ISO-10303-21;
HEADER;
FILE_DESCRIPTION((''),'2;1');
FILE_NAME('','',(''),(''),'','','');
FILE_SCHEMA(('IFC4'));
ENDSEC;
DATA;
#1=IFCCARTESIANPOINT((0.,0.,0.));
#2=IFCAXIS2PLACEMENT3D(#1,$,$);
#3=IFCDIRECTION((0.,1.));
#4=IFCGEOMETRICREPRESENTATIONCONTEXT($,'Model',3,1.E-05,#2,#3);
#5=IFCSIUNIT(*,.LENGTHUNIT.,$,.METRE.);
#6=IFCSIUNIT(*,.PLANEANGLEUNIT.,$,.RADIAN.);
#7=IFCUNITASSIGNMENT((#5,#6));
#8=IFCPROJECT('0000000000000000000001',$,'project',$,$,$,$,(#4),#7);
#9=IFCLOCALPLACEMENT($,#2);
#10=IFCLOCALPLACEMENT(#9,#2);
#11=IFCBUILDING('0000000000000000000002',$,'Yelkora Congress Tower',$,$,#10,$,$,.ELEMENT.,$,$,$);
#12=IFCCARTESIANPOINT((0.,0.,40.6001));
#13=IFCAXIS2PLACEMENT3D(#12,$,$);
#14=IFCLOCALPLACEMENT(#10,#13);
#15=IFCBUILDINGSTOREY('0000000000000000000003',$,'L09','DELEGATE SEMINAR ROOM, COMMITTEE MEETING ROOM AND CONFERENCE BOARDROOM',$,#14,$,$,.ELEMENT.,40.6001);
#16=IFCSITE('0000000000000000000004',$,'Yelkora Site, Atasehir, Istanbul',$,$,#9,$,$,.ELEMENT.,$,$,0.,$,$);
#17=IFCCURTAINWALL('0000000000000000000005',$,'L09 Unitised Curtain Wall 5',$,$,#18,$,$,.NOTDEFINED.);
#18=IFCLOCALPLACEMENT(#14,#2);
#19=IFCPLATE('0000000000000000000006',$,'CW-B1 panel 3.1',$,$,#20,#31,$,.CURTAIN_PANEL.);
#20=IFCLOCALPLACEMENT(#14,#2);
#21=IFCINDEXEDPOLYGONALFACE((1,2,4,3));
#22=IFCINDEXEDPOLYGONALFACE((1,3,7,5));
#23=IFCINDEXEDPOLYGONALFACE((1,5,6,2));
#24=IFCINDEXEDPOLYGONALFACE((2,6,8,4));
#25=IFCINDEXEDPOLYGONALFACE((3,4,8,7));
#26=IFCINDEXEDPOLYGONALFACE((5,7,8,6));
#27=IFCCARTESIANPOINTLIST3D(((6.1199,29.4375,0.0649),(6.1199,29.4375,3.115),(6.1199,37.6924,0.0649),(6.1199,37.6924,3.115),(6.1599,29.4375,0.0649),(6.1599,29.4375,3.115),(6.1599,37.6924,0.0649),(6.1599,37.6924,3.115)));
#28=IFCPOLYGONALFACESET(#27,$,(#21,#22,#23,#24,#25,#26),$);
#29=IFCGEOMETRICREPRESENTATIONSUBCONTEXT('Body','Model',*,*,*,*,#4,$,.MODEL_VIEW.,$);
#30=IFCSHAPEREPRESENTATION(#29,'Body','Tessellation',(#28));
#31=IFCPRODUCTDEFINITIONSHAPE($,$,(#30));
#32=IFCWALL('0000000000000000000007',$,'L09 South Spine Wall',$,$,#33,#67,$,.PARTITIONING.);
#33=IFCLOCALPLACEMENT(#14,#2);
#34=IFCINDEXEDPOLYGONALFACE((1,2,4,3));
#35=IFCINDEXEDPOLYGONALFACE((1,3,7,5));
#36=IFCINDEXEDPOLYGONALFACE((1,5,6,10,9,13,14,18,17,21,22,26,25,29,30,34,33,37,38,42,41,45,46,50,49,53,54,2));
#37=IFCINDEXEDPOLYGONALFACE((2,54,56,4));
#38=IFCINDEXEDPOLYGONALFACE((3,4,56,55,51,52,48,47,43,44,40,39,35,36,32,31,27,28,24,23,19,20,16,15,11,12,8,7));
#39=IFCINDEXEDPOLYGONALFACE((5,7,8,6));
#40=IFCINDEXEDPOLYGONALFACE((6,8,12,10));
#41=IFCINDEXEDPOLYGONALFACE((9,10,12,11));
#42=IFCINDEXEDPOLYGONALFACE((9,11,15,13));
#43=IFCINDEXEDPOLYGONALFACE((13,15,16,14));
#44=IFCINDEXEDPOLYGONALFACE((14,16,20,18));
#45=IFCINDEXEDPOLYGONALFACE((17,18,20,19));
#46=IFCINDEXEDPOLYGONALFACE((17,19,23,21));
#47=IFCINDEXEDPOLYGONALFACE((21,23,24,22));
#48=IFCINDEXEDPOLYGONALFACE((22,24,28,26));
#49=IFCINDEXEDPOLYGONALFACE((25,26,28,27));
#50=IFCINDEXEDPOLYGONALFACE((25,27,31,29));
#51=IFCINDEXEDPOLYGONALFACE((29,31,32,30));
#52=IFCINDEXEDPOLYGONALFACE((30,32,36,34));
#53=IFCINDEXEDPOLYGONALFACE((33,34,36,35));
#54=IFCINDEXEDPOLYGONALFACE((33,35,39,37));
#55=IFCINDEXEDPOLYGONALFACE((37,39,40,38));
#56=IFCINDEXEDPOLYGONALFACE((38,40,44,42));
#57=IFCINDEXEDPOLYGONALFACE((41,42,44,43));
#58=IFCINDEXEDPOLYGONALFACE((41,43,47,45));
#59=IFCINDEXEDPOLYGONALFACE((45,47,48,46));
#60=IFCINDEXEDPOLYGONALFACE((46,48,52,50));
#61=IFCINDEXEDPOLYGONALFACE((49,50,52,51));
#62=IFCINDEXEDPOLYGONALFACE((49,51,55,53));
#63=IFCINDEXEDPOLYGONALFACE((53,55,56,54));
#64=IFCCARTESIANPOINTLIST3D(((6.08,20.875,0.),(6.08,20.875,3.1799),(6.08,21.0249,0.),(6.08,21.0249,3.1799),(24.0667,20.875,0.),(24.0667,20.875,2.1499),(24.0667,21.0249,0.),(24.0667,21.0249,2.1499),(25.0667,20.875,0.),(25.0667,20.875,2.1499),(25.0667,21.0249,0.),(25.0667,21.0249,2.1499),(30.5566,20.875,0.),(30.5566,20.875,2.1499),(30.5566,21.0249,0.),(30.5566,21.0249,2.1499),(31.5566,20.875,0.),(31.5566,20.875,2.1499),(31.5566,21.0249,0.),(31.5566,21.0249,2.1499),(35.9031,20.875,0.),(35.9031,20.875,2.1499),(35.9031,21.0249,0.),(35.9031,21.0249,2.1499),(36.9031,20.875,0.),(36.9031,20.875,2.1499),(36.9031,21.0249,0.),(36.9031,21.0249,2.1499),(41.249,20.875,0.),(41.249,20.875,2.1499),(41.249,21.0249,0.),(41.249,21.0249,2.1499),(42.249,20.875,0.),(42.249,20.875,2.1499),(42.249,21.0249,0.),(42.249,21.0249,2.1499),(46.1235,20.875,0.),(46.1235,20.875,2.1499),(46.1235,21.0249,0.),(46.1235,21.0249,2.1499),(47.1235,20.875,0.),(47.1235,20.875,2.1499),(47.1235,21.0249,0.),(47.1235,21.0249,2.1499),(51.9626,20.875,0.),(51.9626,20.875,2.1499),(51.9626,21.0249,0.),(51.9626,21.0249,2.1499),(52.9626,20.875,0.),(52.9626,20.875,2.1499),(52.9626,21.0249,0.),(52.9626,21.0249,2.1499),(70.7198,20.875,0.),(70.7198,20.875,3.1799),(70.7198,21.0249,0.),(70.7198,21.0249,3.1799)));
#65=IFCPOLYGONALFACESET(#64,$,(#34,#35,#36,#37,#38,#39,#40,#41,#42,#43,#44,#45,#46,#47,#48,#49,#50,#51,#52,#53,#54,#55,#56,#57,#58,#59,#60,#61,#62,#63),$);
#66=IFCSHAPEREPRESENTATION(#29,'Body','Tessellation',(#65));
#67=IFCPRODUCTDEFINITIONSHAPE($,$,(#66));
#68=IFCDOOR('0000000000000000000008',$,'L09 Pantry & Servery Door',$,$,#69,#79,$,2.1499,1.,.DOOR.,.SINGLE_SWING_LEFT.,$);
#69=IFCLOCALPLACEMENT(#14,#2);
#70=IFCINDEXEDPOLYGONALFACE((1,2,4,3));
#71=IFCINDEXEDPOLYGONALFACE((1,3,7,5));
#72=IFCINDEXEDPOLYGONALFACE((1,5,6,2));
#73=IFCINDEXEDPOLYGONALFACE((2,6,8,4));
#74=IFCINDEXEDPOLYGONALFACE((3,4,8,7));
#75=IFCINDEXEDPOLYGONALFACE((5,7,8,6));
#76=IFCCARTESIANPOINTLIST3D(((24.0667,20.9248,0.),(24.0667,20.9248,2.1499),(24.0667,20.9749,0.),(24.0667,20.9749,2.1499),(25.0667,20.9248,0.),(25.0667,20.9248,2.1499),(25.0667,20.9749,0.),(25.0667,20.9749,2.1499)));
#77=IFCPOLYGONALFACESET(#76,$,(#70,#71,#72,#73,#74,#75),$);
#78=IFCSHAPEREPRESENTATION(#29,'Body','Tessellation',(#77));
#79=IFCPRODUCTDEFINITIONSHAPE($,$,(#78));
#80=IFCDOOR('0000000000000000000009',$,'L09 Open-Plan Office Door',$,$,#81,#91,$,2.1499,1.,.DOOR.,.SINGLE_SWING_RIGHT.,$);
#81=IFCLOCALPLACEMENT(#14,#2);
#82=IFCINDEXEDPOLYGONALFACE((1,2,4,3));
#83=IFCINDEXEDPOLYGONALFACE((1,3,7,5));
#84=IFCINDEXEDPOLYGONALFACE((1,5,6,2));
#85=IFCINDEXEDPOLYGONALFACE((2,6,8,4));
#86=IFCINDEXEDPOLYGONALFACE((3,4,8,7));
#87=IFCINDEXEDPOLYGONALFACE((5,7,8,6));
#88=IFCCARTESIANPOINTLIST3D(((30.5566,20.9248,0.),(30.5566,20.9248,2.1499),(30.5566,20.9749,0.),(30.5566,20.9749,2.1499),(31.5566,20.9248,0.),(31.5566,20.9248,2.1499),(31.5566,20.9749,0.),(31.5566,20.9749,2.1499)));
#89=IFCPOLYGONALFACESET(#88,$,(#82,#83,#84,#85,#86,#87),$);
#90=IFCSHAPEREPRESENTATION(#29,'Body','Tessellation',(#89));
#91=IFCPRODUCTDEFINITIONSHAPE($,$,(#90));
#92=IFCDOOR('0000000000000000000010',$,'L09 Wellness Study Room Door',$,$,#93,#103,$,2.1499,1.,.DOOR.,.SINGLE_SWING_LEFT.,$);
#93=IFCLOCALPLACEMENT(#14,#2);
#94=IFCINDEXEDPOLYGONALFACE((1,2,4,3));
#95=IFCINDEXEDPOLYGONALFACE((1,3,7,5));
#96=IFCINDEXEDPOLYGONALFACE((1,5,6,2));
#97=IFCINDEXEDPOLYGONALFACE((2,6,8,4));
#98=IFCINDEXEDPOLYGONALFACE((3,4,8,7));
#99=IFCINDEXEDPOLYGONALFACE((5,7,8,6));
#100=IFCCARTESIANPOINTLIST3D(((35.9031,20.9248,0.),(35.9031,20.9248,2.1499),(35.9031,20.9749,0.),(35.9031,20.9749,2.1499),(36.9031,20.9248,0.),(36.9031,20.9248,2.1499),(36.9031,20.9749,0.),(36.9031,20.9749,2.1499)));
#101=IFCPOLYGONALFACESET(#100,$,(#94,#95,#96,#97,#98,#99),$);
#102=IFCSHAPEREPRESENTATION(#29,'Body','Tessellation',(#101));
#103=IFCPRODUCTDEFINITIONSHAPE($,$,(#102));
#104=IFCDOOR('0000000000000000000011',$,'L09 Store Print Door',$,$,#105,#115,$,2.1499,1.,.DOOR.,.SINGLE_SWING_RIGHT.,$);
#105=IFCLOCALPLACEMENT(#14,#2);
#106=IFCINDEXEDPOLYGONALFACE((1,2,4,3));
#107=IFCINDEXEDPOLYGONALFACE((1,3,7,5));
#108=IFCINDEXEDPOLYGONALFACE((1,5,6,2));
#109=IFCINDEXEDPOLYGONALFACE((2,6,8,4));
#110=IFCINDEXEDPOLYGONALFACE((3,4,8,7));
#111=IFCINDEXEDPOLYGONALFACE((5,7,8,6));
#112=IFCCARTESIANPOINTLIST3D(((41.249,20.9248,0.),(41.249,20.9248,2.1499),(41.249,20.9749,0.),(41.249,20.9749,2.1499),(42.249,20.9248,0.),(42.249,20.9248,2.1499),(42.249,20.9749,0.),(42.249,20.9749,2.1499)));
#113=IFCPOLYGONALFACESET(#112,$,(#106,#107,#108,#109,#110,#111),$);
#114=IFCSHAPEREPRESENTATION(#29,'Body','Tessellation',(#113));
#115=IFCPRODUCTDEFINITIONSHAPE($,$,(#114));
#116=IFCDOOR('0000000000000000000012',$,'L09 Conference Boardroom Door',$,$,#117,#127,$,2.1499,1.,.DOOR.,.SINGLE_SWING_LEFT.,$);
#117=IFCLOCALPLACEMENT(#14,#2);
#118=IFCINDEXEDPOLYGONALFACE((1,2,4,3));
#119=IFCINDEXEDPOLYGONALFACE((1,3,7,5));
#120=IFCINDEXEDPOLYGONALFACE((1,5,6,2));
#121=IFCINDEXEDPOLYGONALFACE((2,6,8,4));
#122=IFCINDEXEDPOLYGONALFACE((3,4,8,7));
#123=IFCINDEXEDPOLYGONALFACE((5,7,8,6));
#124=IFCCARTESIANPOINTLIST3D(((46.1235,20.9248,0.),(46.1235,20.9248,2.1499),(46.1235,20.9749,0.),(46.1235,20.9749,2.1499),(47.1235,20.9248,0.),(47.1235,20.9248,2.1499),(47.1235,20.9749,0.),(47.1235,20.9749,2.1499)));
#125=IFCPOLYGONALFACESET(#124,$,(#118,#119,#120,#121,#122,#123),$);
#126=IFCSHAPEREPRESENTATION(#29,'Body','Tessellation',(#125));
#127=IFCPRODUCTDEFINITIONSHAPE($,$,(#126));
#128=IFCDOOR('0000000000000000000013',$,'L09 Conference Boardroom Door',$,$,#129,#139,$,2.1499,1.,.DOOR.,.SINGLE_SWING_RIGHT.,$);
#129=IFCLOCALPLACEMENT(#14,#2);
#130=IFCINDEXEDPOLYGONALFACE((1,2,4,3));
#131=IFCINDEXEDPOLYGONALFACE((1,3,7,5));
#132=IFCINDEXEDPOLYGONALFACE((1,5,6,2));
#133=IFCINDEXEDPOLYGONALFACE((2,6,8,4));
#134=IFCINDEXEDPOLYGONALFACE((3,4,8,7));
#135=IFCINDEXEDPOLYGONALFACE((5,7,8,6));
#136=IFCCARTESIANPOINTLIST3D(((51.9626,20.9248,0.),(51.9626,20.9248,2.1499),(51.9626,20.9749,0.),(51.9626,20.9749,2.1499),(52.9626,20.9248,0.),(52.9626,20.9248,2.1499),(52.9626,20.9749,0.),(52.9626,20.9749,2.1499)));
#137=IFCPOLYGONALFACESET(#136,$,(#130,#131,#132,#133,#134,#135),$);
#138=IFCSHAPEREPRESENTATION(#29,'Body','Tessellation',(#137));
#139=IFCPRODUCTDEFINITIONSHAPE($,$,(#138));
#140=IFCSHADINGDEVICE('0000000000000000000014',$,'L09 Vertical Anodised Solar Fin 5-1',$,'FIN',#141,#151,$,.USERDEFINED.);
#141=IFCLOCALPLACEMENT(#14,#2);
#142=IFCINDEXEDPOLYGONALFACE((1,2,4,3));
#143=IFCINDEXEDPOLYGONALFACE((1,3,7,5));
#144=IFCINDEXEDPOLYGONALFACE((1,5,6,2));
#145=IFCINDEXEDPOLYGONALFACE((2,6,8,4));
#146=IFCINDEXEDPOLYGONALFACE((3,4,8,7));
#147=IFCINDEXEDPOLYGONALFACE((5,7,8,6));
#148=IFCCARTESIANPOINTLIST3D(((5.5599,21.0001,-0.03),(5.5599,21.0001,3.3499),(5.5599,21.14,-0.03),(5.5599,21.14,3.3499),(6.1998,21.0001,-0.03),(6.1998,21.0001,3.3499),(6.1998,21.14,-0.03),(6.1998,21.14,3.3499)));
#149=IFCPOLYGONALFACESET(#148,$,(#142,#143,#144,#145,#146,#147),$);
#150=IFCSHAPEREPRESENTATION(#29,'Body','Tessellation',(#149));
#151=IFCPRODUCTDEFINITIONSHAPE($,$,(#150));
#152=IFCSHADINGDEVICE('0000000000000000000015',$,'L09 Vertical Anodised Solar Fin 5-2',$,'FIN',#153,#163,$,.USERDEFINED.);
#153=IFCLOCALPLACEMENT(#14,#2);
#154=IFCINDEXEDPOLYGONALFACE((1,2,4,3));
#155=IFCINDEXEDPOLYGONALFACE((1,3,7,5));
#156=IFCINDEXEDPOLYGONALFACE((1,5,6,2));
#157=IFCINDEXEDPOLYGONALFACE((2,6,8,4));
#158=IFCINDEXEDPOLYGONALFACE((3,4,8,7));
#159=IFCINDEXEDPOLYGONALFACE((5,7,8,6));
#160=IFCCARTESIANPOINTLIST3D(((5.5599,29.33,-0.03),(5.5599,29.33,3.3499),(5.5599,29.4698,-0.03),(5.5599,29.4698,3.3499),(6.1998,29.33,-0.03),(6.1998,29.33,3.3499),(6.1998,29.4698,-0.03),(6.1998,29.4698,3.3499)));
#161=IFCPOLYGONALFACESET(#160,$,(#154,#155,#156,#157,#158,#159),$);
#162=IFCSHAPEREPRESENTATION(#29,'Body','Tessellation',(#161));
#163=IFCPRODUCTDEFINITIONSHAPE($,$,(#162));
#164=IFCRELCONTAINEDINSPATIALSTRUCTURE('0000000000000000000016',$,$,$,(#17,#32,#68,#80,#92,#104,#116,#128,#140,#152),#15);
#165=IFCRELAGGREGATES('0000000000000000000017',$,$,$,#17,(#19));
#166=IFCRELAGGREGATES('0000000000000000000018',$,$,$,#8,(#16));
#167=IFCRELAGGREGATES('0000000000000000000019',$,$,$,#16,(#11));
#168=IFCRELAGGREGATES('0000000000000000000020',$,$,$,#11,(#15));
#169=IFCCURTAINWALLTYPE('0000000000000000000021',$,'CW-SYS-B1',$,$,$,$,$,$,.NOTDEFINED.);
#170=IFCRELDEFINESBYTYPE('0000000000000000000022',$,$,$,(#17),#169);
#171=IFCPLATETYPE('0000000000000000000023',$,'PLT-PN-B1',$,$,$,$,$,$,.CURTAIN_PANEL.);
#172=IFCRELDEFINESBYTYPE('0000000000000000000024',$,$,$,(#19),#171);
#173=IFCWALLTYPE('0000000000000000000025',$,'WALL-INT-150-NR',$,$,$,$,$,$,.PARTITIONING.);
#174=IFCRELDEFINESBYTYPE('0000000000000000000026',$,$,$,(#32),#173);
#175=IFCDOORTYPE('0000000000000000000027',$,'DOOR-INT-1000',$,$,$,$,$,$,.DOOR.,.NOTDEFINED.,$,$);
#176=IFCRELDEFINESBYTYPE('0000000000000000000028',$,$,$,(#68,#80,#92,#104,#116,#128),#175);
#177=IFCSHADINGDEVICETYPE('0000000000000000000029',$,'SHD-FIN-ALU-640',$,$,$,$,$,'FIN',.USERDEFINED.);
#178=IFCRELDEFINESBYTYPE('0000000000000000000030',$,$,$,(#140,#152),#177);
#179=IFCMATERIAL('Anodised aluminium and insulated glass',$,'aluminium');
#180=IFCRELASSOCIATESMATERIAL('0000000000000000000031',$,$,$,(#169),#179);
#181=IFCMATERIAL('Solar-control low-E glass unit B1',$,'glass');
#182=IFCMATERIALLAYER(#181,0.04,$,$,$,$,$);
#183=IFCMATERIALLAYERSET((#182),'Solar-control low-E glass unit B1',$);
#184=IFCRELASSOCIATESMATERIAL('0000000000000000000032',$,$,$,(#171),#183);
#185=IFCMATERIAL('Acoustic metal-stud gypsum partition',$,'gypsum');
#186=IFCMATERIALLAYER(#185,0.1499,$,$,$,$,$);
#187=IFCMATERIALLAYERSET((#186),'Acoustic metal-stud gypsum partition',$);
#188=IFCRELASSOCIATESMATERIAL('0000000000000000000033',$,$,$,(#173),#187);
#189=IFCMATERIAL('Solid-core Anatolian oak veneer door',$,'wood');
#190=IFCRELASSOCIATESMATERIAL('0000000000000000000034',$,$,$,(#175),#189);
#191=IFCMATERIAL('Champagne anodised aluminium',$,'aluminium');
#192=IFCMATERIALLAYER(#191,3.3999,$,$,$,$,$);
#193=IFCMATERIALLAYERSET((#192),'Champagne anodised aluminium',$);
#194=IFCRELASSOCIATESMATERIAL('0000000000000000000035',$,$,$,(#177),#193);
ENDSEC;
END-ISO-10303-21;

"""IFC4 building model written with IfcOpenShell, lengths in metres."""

from ifc_helpers import new_model, si_unit, direction, frame, frame_2d, origin, origin_2d, place, context, subcontext, project, spatial, rectangle, extrude, material, layer, layer_set, type_object, element, fill, aggregate, save


model = new_model("IFC4")

# Units and contexts
model_context = context("Model", 3, precision=1e-05, world=origin(), true_north=direction((0.0, 1.0)))
body_context = subcontext(model_context, "Body", "Model", "MODEL_VIEW")
ifc_project = project(units=[si_unit("LENGTHUNIT", "METRE"), si_unit("PLANEANGLEUNIT", "RADIAN")], contexts=[model_context])

# Site, building, storey
site_placement = place(None, origin())
site = spatial("IfcSite", under=ifc_project, at=site_placement, Name="Yelkora Site, Atasehir, Istanbul", CompositionType="ELEMENT", RefElevation=0.0)
building_placement = place(site_placement, origin())
building = spatial("IfcBuilding", under=site, at=building_placement, Name="Yelkora Congress Tower", CompositionType="ELEMENT")
storey_placement = place(building_placement, frame((0.0, 0.0, 40.6001)))
storey = spatial("IfcBuildingStorey", under=building, at=storey_placement, Name="L09", Description="DELEGATE SEMINAR ROOM, COMMITTEE MEETING ROOM AND CONFERENCE BOARDROOM", CompositionType="ELEMENT", Elevation=40.6001)

# Curtain wall, plate
ifc_material_1 = material(Name="Anodised aluminium and insulated glass", Category="aluminium")
curtain_wall_type = type_object("IfcCurtainWallType", Name="CW-SYS-B1", PredefinedType="NOTDEFINED", material=ifc_material_1)
curtain_wall_placement = place(storey_placement, origin())
curtain_wall = element("IfcCurtainWall", 1, at=curtain_wall_placement, inside=storey, type_object=curtain_wall_type, Name="L09 Unitised Curtain Wall 5", PredefinedType="NOTDEFINED")
ifc_material_2 = material(Name="Solar-control low-E glass unit B1", Category="glass")
ifc_layer_1 = layer(ifc_material_2, 0.04)
ifc_layer_set_1 = layer_set([ifc_layer_1], Name="Solar-control low-E glass unit B1")
plate_type = type_object("IfcPlateType", Name="PLT-PN-B1", PredefinedType="CURTAIN_PANEL", material=ifc_layer_set_1)
plate_1_placement = place(storey_placement, frame((6.1399, 33.5649, 0.0649), z_axis=(0.0, 0.0, 1.0), x_axis=(0.0, 1.0, 0.0)))
plate_1 = element("IfcPlate", 2, at=plate_1_placement, type_object=plate_type, Name="CW-B1 panel 3.1", PredefinedType="CURTAIN_PANEL", context=body_context, shape_type="SweptSolid", body=[
    extrude(rectangle(XDim=8.2549, YDim=0.04, at=origin_2d()), origin(), (0.0, 0.0, 1.0), 3.05),
])
aggregate(curtain_wall, [plate_1])

# Wall, openings, doors
ifc_material_3 = material(Name="Acoustic metal-stud gypsum partition", Category="gypsum")
ifc_layer_2 = layer(ifc_material_3, 0.1499)
ifc_layer_set_2 = layer_set([ifc_layer_2], Name="Acoustic metal-stud gypsum partition")
wall_type = type_object("IfcWallType", Name="WALL-INT-150-NR", PredefinedType="PARTITIONING", material=ifc_layer_set_2)
wall_placement = place(storey_placement, frame((6.0801, 20.95, 0.0), z_axis=(0.0, 0.0, 1.0), x_axis=(1.0, 0.0, 0.0)))
wall = element("IfcWall", 3, at=wall_placement, inside=storey, type_object=wall_type, Name="L09 South Spine Wall", PredefinedType="PARTITIONING", context=body_context, shape_type="SweptSolid", body=[
    extrude(rectangle(XDim=64.6399, YDim=0.1499, at=frame_2d((32.3198, 0.0))), origin(), (0.0, 0.0, 1.0), 3.1799),
])
opening_1_placement = place(wall_placement, frame((17.9866, 0.0, 0.0)))
opening_1 = element("IfcOpeningElement", 4, at=opening_1_placement, cuts=wall, PredefinedType="OPENING", context=body_context, shape_type="SweptSolid", body=[
    extrude(rectangle(XDim=1.0, YDim=2.1499, at=frame_2d((0.5, 1.075))), frame((0.0, 0.085, 0.0), z_axis=(0.0, -1.0, 0.0), x_axis=(1.0, 0.0, 0.0)), (0.0, 0.0, 1.0), 0.1699),
])
opening_2_placement = place(wall_placement, frame((24.4766, 0.0, 0.0)))
opening_2 = element("IfcOpeningElement", 5, at=opening_2_placement, cuts=wall, PredefinedType="OPENING", context=body_context, shape_type="SweptSolid", body=[
    extrude(rectangle(XDim=1.0, YDim=2.1499, at=frame_2d((0.5, 1.075))), frame((0.0, 0.085, 0.0), z_axis=(0.0, -1.0, 0.0), x_axis=(1.0, 0.0, 0.0)), (0.0, 0.0, 1.0), 0.1699),
])
opening_3_placement = place(wall_placement, frame((29.823, 0.0, 0.0)))
opening_3 = element("IfcOpeningElement", 6, at=opening_3_placement, cuts=wall, PredefinedType="OPENING", context=body_context, shape_type="SweptSolid", body=[
    extrude(rectangle(XDim=1.0, YDim=2.1499, at=frame_2d((0.5, 1.075))), frame((0.0, 0.085, 0.0), z_axis=(0.0, -1.0, 0.0), x_axis=(1.0, 0.0, 0.0)), (0.0, 0.0, 1.0), 0.1699),
])
opening_4_placement = place(wall_placement, frame((35.1689, 0.0, 0.0)))
opening_4 = element("IfcOpeningElement", 7, at=opening_4_placement, cuts=wall, PredefinedType="OPENING", context=body_context, shape_type="SweptSolid", body=[
    extrude(rectangle(XDim=1.0, YDim=2.1499, at=frame_2d((0.5, 1.075))), frame((0.0, 0.085, 0.0), z_axis=(0.0, -1.0, 0.0), x_axis=(1.0, 0.0, 0.0)), (0.0, 0.0, 1.0), 0.1699),
])
opening_5_placement = place(wall_placement, frame((40.0435, 0.0, 0.0)))
opening_5 = element("IfcOpeningElement", 8, at=opening_5_placement, cuts=wall, PredefinedType="OPENING", context=body_context, shape_type="SweptSolid", body=[
    extrude(rectangle(XDim=1.0, YDim=2.1499, at=frame_2d((0.5, 1.075))), frame((0.0, 0.085, 0.0), z_axis=(0.0, -1.0, 0.0), x_axis=(1.0, 0.0, 0.0)), (0.0, 0.0, 1.0), 0.1699),
])
opening_6_placement = place(wall_placement, frame((45.8826, 0.0, 0.0)))
opening_6 = element("IfcOpeningElement", 9, at=opening_6_placement, cuts=wall, PredefinedType="OPENING", context=body_context, shape_type="SweptSolid", body=[
    extrude(rectangle(XDim=1.0, YDim=2.1499, at=frame_2d((0.5, 1.075))), frame((0.0, 0.085, 0.0), z_axis=(0.0, -1.0, 0.0), x_axis=(1.0, 0.0, 0.0)), (0.0, 0.0, 1.0), 0.1699),
])
ifc_material_4 = material(Name="Solid-core Anatolian oak veneer door", Category="wood")
door_type = type_object("IfcDoorType", Name="DOOR-INT-1000", OperationType="NOTDEFINED", PredefinedType="DOOR", material=ifc_material_4)
door_1_placement = place(opening_1_placement, origin())
door_1 = element("IfcDoor", 10, at=door_1_placement, inside=storey, type_object=door_type, Name="L09 Pantry & Servery Door", OperationType="SINGLE_SWING_LEFT", OverallHeight=2.1499, OverallWidth=1.0, PredefinedType="DOOR", context=body_context, shape_type="SweptSolid", body=[
    extrude(rectangle(XDim=1.0, YDim=2.1499, at=frame_2d((0.5, 1.075))), frame((0.0, 0.0249, 0.0), z_axis=(0.0, -1.0, 0.0), x_axis=(1.0, 0.0, 0.0)), (0.0, 0.0, 1.0), 0.05),
])
fill(opening_1, door_1)
door_2_placement = place(opening_2_placement, origin())
door_2 = element("IfcDoor", 11, at=door_2_placement, inside=storey, type_object=door_type, Name="L09 Open-Plan Office Door", OperationType="SINGLE_SWING_RIGHT", OverallHeight=2.1499, OverallWidth=1.0, PredefinedType="DOOR", context=body_context, shape_type="SweptSolid", body=[
    extrude(rectangle(XDim=1.0, YDim=2.1499, at=frame_2d((0.5, 1.075))), frame((0.0, 0.0249, 0.0), z_axis=(0.0, -1.0, 0.0), x_axis=(1.0, 0.0, 0.0)), (0.0, 0.0, 1.0), 0.05),
])
fill(opening_2, door_2)
door_3_placement = place(opening_3_placement, origin())
door_3 = element("IfcDoor", 12, at=door_3_placement, inside=storey, type_object=door_type, Name="L09 Wellness Study Room Door", OperationType="SINGLE_SWING_LEFT", OverallHeight=2.1499, OverallWidth=1.0, PredefinedType="DOOR", context=body_context, shape_type="SweptSolid", body=[
    extrude(rectangle(XDim=1.0, YDim=2.1499, at=frame_2d((0.5, 1.075))), frame((0.0, 0.0249, 0.0), z_axis=(0.0, -1.0, 0.0), x_axis=(1.0, 0.0, 0.0)), (0.0, 0.0, 1.0), 0.05),
])
fill(opening_3, door_3)
door_4_placement = place(opening_4_placement, origin())
door_4 = element("IfcDoor", 13, at=door_4_placement, inside=storey, type_object=door_type, Name="L09 Store Print Door", OperationType="SINGLE_SWING_RIGHT", OverallHeight=2.1499, OverallWidth=1.0, PredefinedType="DOOR", context=body_context, shape_type="SweptSolid", body=[
    extrude(rectangle(XDim=1.0, YDim=2.1499, at=frame_2d((0.5, 1.075))), frame((0.0, 0.0249, 0.0), z_axis=(0.0, -1.0, 0.0), x_axis=(1.0, 0.0, 0.0)), (0.0, 0.0, 1.0), 0.05),
])
fill(opening_4, door_4)
door_5_placement = place(opening_5_placement, origin())
door_5 = element("IfcDoor", 14, at=door_5_placement, inside=storey, type_object=door_type, Name="L09 Conference Boardroom Door", OperationType="SINGLE_SWING_LEFT", OverallHeight=2.1499, OverallWidth=1.0, PredefinedType="DOOR", context=body_context, shape_type="SweptSolid", body=[
    extrude(rectangle(XDim=1.0, YDim=2.1499, at=frame_2d((0.5, 1.075))), frame((0.0, 0.0249, 0.0), z_axis=(0.0, -1.0, 0.0), x_axis=(1.0, 0.0, 0.0)), (0.0, 0.0, 1.0), 0.05),
])
fill(opening_5, door_5)
door_6_placement = place(opening_6_placement, origin())
door_6 = element("IfcDoor", 15, at=door_6_placement, inside=storey, type_object=door_type, Name="L09 Conference Boardroom Door", OperationType="SINGLE_SWING_RIGHT", OverallHeight=2.1499, OverallWidth=1.0, PredefinedType="DOOR", context=body_context, shape_type="SweptSolid", body=[
    extrude(rectangle(XDim=1.0, YDim=2.1499, at=frame_2d((0.5, 1.075))), frame((0.0, 0.0249, 0.0), z_axis=(0.0, -1.0, 0.0), x_axis=(1.0, 0.0, 0.0)), (0.0, 0.0, 1.0), 0.05),
])
fill(opening_6, door_6)

# Shading devices
ifc_material_5 = material(Name="Champagne anodised aluminium", Category="aluminium")
ifc_layer_3 = layer(ifc_material_5, 3.3999)
ifc_layer_set_3 = layer_set([ifc_layer_3], Name="Champagne anodised aluminium")
shading_device_type = type_object("IfcShadingDeviceType", Name="SHD-FIN-ALU-640", ElementType="FIN", PredefinedType="USERDEFINED", material=ifc_layer_set_3)
for number, where, z_axis, x_axis, name in (
    (16, (5.8799, 21.0701, -0.03), (0.0, 0.0, 1.0), (0.0, 1.0, 0.0), "L09 Vertical Anodised Solar Fin 5-1"),
    (17, (5.8799, 29.3999, -0.03), (0.0, 0.0, 1.0), (0.0, 1.0, 0.0), "L09 Vertical Anodised Solar Fin 5-2"),
):
    element("IfcShadingDevice", number, at=place(storey_placement, frame(where, z_axis=z_axis, x_axis=x_axis)), inside=storey, type_object=shading_device_type, Name=name, ObjectType="FIN", PredefinedType="USERDEFINED", context=body_context, shape_type="SweptSolid", body=[
        extrude(rectangle(XDim=0.1399, YDim=0.6399, at=origin_2d()), origin(), (0.0, 0.0, 1.0), 3.3799),
    ])

save(model, "model.ifc")
